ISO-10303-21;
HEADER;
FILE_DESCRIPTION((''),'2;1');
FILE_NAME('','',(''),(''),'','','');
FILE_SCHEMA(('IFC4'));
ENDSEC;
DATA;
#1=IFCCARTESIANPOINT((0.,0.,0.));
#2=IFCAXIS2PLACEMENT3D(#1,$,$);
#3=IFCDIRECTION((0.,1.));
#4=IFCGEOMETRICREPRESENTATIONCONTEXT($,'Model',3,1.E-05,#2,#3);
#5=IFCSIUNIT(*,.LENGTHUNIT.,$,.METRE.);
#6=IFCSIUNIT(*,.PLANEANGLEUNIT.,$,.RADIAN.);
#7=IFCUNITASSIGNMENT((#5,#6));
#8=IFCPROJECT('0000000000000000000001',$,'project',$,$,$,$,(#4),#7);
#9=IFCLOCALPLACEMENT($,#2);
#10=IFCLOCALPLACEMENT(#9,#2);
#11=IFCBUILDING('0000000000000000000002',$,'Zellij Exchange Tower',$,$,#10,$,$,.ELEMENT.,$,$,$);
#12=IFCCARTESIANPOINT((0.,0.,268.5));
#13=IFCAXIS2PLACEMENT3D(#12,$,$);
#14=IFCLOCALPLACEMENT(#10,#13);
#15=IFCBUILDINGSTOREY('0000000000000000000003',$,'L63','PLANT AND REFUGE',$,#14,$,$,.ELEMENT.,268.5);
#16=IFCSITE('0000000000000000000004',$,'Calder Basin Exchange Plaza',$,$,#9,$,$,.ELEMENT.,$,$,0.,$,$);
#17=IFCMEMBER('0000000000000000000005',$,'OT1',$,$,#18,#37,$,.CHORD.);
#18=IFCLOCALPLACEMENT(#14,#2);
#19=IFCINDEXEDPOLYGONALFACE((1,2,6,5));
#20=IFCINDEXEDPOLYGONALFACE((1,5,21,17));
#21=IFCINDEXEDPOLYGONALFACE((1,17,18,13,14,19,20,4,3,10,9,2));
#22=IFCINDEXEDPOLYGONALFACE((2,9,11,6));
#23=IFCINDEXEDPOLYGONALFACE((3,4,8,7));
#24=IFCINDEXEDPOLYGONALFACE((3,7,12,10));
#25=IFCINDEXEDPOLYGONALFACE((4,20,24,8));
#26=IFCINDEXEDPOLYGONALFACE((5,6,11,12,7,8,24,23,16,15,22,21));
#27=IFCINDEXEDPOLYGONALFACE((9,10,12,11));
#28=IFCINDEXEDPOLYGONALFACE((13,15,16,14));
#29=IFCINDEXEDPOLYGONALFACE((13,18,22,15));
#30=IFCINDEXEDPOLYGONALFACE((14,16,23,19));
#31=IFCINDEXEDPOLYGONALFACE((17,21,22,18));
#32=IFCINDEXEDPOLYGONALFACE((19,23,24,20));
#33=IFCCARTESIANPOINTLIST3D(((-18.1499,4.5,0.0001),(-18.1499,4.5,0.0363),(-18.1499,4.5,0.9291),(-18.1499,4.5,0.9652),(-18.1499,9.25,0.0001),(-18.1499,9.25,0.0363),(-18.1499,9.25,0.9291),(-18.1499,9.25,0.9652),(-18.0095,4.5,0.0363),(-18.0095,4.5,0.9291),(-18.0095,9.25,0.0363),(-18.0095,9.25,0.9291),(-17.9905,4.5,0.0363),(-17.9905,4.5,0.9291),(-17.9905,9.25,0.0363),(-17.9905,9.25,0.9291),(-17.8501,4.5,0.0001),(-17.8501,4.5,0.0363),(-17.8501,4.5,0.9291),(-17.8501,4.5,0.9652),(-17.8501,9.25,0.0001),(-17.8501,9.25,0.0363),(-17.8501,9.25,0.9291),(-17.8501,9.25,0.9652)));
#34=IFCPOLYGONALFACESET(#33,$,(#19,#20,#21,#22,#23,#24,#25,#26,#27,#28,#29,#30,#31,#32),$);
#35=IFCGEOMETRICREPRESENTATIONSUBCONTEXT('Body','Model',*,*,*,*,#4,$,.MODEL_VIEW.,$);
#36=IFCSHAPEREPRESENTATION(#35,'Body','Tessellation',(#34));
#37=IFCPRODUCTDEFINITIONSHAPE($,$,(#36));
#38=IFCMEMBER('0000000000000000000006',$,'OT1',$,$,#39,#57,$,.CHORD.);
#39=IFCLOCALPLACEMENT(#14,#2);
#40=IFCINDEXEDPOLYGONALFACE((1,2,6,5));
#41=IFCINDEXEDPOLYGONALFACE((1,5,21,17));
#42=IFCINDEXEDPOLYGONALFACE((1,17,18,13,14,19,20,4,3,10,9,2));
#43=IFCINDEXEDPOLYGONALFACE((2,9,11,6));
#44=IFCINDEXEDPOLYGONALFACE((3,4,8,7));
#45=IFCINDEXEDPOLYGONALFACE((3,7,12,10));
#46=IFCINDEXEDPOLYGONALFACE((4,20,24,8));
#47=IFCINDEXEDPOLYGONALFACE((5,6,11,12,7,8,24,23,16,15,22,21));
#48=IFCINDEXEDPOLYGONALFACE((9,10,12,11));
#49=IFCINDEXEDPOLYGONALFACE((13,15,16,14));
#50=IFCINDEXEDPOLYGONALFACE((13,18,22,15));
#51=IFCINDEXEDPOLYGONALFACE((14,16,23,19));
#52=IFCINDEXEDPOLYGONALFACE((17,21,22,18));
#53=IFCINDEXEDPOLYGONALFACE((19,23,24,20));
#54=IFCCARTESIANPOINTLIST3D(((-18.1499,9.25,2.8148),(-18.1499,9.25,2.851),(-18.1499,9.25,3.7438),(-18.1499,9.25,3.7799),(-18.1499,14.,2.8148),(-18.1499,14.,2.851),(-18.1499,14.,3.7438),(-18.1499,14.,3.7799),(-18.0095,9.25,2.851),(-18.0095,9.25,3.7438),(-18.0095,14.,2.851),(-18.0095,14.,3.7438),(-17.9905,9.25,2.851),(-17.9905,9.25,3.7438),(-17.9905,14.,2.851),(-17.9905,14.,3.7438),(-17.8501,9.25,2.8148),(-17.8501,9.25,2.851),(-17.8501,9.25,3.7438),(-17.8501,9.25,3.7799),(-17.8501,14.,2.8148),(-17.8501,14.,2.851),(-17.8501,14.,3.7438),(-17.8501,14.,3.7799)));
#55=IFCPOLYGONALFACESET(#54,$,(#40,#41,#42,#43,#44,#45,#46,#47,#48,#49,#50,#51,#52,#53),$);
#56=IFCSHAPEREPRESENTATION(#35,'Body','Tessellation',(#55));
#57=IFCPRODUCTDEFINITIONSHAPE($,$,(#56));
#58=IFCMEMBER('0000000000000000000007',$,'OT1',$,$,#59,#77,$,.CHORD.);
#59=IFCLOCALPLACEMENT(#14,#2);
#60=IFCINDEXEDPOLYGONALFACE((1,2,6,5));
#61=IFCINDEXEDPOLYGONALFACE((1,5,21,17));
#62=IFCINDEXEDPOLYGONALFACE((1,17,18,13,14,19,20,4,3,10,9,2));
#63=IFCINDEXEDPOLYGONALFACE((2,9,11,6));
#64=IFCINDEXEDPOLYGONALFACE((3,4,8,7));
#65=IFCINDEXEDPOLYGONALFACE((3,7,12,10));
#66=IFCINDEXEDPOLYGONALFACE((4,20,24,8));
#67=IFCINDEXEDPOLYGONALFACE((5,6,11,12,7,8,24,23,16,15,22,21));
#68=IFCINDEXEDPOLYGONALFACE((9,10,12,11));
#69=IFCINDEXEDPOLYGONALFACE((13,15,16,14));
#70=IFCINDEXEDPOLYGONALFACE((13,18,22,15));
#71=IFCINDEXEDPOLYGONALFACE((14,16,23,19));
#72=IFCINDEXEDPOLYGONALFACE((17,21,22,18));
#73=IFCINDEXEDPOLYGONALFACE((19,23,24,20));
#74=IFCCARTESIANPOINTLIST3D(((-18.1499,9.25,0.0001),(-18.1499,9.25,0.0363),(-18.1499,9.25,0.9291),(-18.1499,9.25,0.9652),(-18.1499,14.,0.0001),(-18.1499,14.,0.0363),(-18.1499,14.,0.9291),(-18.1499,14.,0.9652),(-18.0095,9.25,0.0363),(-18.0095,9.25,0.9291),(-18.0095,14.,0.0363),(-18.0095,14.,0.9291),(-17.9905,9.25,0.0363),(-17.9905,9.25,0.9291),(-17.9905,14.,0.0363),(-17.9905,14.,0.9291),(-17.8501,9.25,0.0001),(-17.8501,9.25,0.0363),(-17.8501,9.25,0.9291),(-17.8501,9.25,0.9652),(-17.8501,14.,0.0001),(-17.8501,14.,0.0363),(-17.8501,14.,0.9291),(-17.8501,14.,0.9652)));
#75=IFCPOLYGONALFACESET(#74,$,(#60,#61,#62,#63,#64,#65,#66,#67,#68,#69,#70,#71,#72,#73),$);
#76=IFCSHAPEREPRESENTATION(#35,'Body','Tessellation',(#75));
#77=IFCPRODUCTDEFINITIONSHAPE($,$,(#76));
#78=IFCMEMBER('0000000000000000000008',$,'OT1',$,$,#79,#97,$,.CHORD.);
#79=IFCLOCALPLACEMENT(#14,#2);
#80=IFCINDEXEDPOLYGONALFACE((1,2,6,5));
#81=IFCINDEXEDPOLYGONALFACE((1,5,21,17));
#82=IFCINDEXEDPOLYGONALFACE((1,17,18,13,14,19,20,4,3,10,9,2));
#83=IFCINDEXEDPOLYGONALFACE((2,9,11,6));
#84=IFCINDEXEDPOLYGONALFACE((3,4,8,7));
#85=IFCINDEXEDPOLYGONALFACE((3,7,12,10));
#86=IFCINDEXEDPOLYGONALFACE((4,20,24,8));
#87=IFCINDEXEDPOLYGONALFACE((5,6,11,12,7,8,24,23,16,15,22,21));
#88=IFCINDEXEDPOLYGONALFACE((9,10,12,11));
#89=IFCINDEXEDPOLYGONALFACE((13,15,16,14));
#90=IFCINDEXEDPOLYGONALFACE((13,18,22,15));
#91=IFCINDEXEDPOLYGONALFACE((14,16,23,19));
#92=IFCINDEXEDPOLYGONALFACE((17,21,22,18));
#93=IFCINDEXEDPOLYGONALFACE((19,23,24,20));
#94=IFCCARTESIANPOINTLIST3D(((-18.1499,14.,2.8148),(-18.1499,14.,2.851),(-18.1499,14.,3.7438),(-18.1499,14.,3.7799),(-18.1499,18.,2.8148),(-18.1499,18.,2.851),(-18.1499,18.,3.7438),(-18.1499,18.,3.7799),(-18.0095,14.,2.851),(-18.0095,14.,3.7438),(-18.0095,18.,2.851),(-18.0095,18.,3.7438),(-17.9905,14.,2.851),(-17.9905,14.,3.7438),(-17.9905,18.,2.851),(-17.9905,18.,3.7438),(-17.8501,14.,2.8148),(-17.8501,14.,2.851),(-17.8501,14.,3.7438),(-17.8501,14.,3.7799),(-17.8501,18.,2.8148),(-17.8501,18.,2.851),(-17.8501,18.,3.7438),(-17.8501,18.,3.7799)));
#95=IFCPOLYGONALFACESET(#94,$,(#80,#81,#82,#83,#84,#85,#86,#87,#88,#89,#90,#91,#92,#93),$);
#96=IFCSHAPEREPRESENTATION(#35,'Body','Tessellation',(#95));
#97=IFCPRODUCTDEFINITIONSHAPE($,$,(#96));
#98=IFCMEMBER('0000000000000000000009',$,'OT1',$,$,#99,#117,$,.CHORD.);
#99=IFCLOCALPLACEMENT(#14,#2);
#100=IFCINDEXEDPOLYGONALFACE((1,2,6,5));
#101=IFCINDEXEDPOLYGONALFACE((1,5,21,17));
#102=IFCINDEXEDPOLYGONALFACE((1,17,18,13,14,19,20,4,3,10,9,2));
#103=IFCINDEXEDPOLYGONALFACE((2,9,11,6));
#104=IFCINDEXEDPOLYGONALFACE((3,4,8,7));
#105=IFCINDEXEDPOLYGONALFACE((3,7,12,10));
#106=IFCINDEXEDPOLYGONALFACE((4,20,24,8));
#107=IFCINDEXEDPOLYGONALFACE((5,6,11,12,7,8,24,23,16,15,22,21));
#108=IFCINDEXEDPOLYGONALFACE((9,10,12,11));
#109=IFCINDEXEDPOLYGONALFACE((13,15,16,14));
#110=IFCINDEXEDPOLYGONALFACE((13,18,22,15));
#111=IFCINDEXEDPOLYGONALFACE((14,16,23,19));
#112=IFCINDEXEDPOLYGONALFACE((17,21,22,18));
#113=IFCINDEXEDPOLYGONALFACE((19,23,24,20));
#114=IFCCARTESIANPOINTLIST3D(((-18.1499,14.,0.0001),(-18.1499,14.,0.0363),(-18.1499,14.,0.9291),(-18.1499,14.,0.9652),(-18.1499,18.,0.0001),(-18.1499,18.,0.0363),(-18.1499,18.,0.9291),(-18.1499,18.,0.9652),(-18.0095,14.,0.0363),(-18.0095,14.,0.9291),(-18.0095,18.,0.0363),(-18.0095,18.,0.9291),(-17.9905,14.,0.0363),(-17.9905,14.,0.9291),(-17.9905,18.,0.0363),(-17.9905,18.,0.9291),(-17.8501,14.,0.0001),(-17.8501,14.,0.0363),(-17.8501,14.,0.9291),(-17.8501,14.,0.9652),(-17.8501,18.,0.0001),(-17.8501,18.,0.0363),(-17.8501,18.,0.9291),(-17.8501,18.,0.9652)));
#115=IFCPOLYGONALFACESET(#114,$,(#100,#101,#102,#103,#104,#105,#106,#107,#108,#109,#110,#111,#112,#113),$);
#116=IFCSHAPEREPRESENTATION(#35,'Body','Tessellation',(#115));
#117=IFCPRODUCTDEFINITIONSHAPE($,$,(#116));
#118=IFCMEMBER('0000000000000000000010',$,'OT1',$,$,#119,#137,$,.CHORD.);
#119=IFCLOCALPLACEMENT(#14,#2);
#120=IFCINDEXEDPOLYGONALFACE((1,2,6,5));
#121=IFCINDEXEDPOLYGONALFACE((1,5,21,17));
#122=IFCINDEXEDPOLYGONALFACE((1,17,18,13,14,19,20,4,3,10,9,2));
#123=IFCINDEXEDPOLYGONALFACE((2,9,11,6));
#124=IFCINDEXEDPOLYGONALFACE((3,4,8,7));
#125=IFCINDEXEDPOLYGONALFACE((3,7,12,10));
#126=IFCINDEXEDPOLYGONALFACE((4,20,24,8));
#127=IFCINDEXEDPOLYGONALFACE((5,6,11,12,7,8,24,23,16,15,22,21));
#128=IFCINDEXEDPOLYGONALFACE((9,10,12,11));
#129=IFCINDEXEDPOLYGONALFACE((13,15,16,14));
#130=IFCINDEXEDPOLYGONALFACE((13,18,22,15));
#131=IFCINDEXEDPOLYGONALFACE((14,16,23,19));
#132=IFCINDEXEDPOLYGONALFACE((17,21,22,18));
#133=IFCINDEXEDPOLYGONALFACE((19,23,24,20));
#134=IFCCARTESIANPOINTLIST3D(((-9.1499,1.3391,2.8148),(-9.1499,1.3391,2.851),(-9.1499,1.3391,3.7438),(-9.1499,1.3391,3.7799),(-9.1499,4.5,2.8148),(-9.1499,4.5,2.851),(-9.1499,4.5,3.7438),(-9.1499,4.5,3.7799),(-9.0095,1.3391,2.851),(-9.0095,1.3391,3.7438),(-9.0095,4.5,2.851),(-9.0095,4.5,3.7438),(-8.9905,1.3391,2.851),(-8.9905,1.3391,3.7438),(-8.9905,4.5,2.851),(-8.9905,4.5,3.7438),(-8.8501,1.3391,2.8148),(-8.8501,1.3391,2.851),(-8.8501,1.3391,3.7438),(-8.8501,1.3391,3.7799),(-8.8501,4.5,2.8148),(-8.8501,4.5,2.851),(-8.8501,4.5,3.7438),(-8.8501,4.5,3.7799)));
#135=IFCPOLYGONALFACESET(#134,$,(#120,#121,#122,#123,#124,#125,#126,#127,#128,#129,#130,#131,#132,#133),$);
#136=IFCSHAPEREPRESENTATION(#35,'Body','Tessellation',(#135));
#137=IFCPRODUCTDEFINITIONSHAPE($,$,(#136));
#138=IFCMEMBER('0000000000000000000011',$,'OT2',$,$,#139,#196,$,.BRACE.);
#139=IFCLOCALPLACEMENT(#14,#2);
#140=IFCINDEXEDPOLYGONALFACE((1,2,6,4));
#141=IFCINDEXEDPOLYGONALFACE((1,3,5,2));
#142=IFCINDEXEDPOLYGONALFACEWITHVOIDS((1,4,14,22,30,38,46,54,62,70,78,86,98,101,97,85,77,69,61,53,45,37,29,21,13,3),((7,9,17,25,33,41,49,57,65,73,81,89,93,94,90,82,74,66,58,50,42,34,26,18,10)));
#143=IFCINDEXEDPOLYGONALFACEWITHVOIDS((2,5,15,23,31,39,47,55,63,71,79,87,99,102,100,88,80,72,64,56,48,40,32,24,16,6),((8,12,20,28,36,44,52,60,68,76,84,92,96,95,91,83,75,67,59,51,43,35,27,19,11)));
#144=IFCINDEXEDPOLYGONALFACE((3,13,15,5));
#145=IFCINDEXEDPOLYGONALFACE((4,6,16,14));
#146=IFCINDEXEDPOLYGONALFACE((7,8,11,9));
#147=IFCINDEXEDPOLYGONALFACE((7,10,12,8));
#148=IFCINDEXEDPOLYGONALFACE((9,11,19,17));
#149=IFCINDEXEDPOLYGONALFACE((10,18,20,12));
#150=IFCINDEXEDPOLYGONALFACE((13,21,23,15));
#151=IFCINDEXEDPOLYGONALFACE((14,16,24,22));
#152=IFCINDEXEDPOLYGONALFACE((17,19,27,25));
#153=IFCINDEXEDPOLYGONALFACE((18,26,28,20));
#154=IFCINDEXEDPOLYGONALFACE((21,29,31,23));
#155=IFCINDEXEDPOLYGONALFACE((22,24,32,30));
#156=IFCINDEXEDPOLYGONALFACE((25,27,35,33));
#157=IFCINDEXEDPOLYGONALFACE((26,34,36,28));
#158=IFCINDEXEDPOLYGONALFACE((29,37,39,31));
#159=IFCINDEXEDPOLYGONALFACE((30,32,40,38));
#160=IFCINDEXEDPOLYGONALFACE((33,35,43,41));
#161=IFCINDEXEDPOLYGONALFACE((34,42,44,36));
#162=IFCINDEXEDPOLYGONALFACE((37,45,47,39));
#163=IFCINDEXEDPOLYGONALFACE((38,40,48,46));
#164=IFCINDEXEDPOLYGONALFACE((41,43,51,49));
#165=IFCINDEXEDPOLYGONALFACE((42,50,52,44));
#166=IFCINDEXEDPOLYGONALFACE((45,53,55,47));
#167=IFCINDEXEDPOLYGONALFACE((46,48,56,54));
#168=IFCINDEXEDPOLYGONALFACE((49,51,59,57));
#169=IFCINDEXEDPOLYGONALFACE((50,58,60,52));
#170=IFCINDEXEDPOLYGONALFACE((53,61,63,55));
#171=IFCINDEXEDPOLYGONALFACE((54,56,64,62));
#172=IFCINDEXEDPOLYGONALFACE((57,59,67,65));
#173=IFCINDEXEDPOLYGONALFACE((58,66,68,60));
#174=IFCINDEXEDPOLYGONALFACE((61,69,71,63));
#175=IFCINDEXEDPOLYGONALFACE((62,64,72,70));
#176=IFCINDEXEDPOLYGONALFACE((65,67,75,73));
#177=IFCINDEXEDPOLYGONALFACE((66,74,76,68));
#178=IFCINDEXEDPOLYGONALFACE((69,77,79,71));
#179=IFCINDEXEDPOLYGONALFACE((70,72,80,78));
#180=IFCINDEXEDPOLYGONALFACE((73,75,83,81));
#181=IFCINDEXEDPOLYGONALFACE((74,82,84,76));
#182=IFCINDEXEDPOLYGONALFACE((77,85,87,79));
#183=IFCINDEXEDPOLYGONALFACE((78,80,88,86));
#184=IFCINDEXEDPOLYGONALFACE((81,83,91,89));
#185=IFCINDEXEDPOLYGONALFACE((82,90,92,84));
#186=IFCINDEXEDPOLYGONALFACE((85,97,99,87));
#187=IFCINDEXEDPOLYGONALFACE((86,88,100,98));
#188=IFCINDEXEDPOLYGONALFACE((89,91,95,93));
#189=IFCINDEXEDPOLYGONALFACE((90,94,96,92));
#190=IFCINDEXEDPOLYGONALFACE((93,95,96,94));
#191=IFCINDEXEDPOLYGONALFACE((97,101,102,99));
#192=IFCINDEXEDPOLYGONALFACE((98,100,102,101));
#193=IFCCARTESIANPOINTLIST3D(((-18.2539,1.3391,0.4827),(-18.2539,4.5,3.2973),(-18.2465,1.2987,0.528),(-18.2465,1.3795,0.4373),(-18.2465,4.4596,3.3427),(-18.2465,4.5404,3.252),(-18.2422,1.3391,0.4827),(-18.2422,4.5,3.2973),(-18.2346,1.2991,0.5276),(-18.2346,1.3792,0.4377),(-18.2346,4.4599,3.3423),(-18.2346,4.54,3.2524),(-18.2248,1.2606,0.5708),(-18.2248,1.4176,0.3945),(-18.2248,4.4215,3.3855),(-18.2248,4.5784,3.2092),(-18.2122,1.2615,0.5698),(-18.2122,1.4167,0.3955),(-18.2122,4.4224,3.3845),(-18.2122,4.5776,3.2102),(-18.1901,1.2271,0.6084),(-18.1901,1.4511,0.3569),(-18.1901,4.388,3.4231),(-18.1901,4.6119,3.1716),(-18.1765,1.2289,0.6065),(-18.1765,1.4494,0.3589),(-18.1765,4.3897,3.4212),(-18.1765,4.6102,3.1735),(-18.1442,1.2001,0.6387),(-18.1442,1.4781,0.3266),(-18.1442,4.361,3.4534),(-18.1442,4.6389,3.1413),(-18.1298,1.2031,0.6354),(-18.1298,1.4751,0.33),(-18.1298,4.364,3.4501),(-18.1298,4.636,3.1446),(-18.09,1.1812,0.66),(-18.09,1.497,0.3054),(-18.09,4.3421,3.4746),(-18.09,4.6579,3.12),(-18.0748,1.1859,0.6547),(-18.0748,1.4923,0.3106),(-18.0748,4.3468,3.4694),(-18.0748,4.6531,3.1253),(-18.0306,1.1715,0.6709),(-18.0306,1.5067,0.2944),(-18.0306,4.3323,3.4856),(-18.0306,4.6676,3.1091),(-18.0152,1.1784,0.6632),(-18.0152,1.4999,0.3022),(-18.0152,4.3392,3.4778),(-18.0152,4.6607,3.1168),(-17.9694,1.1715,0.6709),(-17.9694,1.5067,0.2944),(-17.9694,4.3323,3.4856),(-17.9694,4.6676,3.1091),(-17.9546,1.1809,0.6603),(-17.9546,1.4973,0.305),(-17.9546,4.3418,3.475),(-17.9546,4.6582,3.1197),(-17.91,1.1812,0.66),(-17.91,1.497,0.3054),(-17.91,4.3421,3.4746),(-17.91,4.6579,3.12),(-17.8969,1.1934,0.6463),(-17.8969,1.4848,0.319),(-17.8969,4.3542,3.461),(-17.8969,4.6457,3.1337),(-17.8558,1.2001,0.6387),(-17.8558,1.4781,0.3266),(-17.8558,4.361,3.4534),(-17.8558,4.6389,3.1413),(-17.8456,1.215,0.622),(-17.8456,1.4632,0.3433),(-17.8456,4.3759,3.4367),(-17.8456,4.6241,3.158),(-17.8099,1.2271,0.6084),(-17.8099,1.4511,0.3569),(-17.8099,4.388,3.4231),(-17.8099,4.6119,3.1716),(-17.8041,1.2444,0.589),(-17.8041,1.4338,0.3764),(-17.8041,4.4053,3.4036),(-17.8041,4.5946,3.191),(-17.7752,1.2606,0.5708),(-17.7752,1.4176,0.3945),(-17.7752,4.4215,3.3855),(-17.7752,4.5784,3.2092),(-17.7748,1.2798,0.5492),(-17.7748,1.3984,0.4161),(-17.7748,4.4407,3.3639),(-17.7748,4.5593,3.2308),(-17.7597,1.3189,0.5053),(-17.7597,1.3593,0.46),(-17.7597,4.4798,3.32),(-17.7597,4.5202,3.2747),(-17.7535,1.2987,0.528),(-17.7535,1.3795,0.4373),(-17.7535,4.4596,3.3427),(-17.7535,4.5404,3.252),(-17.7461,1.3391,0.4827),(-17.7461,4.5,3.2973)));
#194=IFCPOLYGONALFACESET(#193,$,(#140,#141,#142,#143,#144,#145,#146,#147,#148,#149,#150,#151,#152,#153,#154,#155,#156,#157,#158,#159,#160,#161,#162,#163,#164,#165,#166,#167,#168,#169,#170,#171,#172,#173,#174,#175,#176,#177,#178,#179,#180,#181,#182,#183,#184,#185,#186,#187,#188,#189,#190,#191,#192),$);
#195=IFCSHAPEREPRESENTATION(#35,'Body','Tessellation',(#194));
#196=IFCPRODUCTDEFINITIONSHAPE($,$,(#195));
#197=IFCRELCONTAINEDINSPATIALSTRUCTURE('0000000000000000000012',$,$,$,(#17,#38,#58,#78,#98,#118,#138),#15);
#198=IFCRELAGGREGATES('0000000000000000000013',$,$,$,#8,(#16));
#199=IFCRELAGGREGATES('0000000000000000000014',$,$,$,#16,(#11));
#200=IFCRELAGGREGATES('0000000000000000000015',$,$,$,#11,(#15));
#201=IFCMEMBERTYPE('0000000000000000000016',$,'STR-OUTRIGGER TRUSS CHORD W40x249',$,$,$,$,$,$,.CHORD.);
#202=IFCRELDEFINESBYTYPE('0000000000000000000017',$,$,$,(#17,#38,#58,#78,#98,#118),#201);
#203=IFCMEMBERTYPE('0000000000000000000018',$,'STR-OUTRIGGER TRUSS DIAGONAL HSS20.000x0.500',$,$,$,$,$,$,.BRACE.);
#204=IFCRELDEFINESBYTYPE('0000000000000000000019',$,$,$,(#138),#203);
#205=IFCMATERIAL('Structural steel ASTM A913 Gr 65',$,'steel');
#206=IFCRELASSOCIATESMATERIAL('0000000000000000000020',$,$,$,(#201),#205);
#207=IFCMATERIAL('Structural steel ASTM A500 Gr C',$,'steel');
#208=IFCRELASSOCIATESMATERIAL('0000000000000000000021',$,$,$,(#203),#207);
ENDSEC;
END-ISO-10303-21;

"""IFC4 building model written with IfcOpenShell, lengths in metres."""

from ifc_helpers import new_model, si_unit, direction, frame, origin, origin_2d, place, context, subcontext, project, spatial, hollow_circle, i_section, extrude, material, material_profile, profile_set, type_object, element, save


model = new_model("IFC4")

# Units and contexts
model_context = context("Model", 3, precision=1e-05, world=origin(), true_north=direction((0.0, 1.0)))
body_context = subcontext(model_context, "Body", "Model", "MODEL_VIEW")
ifc_project = project(units=[si_unit("LENGTHUNIT", "METRE"), si_unit("PLANEANGLEUNIT", "RADIAN")], contexts=[model_context])

# Site, building, storey
site_placement = place(None, origin())
site = spatial("IfcSite", under=ifc_project, at=site_placement, Name="Calder Basin Exchange Plaza", CompositionType="ELEMENT", RefElevation=0.0)
building_placement = place(site_placement, origin())
building = spatial("IfcBuilding", under=site, at=building_placement, Name="Zellij Exchange Tower", CompositionType="ELEMENT")
storey_placement = place(building_placement, frame((0.0, 0.0, 268.5)))
storey = spatial("IfcBuildingStorey", under=building, at=storey_placement, Name="L63", Description="PLANT AND REFUGE", CompositionType="ELEMENT", Elevation=268.5)

# Members
ifc_material_1 = material(Name="Structural steel ASTM A913 Gr 65", Category="steel")
ifc_material_profile_1 = material_profile(ifc_material_1, i_section(OverallWidth=0.2998, OverallDepth=0.9651, WebThickness=0.019, FlangeThickness=0.0361, at=origin_2d()), Name="W40x249")
ifc_profile_set_1 = profile_set([ifc_material_profile_1], Name="Structural steel ASTM A913 Gr 65")
member_type_1 = type_object("IfcMemberType", Name="STR-OUTRIGGER TRUSS CHORD W40x249", PredefinedType="CHORD", material=ifc_profile_set_1)
for number, where, z_axis, x_axis, name in (
    (1, (-18.0, 4.5, 0.4827), (0.0, 1.0, 0.0), (-1.0, 0.0, 0.0), "OT1"),
    (2, (-18.0, 9.25, 3.2974), (0.0, 1.0, 0.0), (-1.0, 0.0, 0.0), "OT1"),
    (3, (-18.0, 9.25, 0.4827), (0.0, 1.0, 0.0), (-1.0, 0.0, 0.0), "OT1"),
):
    element("IfcMember", number, at=place(storey_placement, frame(where, z_axis=z_axis, x_axis=x_axis)), inside=storey, type_object=member_type_1, Name=name, PredefinedType="CHORD", context=body_context, shape_type="SweptSolid", body=[
        extrude(i_section(OverallWidth=0.2998, OverallDepth=0.9651, WebThickness=0.019, FlangeThickness=0.0361, at=origin_2d()), origin(), (0.0, 0.0, 1.0), 4.75),
    ])
for number, where, z_axis, x_axis, name in (
    (4, (-18.0, 14.0, 3.2974), (0.0, 1.0, 0.0), (-1.0, 0.0, 0.0), "OT1"),
    (5, (-18.0, 14.0, 0.4827), (0.0, 1.0, 0.0), (-1.0, 0.0, 0.0), "OT1"),
):
    element("IfcMember", number, at=place(storey_placement, frame(where, z_axis=z_axis, x_axis=x_axis)), inside=storey, type_object=member_type_1, Name=name, PredefinedType="CHORD", context=body_context, shape_type="SweptSolid", body=[
        extrude(i_section(OverallWidth=0.2998, OverallDepth=0.9651, WebThickness=0.019, FlangeThickness=0.0361, at=origin_2d()), origin(), (0.0, 0.0, 1.0), 4.0),
    ])
member_1_placement = place(storey_placement, frame((-9.0, 1.3391, 3.2974), z_axis=(0.0, 1.0, 0.0), x_axis=(-1.0, 0.0, 0.0)))
element("IfcMember", 6, at=member_1_placement, inside=storey, type_object=member_type_1, Name="OT1", PredefinedType="CHORD", context=body_context, shape_type="SweptSolid", body=[
    extrude(i_section(OverallWidth=0.2998, OverallDepth=0.9651, WebThickness=0.019, FlangeThickness=0.0361, at=origin_2d()), origin(), (0.0, 0.0, 1.0), 3.1609),
])
ifc_material_2 = material(Name="Structural steel ASTM A500 Gr C", Category="steel")
ifc_material_profile_2 = material_profile(ifc_material_2, hollow_circle(Radius=0.2539, WallThickness=0.0117, at=origin_2d()), Name="STR-OUTRIGGER TRUSS DIAGONAL HSS20.000x0.500")
ifc_profile_set_2 = profile_set([ifc_material_profile_2], Name="Structural steel ASTM A500 Gr C")
member_type_2 = type_object("IfcMemberType", Name="STR-OUTRIGGER TRUSS DIAGONAL HSS20.000x0.500", PredefinedType="BRACE", material=ifc_profile_set_2)
member_2_placement = place(storey_placement, frame((-18.0, 1.3391, 0.4827), z_axis=(0.0, 0.74682, 0.665026), x_axis=(-1.0, 0.0, 0.0)))
element("IfcMember", 7, at=member_2_placement, inside=storey, type_object=member_type_2, Name="OT2", PredefinedType="BRACE", context=body_context, shape_type="SweptSolid", body=[
    extrude(hollow_circle(Radius=0.2539, WallThickness=0.0117, at=origin_2d()), origin(), (0.0, 0.0, 1.0), 4.2324),
])

save(model, "model.ifc")
